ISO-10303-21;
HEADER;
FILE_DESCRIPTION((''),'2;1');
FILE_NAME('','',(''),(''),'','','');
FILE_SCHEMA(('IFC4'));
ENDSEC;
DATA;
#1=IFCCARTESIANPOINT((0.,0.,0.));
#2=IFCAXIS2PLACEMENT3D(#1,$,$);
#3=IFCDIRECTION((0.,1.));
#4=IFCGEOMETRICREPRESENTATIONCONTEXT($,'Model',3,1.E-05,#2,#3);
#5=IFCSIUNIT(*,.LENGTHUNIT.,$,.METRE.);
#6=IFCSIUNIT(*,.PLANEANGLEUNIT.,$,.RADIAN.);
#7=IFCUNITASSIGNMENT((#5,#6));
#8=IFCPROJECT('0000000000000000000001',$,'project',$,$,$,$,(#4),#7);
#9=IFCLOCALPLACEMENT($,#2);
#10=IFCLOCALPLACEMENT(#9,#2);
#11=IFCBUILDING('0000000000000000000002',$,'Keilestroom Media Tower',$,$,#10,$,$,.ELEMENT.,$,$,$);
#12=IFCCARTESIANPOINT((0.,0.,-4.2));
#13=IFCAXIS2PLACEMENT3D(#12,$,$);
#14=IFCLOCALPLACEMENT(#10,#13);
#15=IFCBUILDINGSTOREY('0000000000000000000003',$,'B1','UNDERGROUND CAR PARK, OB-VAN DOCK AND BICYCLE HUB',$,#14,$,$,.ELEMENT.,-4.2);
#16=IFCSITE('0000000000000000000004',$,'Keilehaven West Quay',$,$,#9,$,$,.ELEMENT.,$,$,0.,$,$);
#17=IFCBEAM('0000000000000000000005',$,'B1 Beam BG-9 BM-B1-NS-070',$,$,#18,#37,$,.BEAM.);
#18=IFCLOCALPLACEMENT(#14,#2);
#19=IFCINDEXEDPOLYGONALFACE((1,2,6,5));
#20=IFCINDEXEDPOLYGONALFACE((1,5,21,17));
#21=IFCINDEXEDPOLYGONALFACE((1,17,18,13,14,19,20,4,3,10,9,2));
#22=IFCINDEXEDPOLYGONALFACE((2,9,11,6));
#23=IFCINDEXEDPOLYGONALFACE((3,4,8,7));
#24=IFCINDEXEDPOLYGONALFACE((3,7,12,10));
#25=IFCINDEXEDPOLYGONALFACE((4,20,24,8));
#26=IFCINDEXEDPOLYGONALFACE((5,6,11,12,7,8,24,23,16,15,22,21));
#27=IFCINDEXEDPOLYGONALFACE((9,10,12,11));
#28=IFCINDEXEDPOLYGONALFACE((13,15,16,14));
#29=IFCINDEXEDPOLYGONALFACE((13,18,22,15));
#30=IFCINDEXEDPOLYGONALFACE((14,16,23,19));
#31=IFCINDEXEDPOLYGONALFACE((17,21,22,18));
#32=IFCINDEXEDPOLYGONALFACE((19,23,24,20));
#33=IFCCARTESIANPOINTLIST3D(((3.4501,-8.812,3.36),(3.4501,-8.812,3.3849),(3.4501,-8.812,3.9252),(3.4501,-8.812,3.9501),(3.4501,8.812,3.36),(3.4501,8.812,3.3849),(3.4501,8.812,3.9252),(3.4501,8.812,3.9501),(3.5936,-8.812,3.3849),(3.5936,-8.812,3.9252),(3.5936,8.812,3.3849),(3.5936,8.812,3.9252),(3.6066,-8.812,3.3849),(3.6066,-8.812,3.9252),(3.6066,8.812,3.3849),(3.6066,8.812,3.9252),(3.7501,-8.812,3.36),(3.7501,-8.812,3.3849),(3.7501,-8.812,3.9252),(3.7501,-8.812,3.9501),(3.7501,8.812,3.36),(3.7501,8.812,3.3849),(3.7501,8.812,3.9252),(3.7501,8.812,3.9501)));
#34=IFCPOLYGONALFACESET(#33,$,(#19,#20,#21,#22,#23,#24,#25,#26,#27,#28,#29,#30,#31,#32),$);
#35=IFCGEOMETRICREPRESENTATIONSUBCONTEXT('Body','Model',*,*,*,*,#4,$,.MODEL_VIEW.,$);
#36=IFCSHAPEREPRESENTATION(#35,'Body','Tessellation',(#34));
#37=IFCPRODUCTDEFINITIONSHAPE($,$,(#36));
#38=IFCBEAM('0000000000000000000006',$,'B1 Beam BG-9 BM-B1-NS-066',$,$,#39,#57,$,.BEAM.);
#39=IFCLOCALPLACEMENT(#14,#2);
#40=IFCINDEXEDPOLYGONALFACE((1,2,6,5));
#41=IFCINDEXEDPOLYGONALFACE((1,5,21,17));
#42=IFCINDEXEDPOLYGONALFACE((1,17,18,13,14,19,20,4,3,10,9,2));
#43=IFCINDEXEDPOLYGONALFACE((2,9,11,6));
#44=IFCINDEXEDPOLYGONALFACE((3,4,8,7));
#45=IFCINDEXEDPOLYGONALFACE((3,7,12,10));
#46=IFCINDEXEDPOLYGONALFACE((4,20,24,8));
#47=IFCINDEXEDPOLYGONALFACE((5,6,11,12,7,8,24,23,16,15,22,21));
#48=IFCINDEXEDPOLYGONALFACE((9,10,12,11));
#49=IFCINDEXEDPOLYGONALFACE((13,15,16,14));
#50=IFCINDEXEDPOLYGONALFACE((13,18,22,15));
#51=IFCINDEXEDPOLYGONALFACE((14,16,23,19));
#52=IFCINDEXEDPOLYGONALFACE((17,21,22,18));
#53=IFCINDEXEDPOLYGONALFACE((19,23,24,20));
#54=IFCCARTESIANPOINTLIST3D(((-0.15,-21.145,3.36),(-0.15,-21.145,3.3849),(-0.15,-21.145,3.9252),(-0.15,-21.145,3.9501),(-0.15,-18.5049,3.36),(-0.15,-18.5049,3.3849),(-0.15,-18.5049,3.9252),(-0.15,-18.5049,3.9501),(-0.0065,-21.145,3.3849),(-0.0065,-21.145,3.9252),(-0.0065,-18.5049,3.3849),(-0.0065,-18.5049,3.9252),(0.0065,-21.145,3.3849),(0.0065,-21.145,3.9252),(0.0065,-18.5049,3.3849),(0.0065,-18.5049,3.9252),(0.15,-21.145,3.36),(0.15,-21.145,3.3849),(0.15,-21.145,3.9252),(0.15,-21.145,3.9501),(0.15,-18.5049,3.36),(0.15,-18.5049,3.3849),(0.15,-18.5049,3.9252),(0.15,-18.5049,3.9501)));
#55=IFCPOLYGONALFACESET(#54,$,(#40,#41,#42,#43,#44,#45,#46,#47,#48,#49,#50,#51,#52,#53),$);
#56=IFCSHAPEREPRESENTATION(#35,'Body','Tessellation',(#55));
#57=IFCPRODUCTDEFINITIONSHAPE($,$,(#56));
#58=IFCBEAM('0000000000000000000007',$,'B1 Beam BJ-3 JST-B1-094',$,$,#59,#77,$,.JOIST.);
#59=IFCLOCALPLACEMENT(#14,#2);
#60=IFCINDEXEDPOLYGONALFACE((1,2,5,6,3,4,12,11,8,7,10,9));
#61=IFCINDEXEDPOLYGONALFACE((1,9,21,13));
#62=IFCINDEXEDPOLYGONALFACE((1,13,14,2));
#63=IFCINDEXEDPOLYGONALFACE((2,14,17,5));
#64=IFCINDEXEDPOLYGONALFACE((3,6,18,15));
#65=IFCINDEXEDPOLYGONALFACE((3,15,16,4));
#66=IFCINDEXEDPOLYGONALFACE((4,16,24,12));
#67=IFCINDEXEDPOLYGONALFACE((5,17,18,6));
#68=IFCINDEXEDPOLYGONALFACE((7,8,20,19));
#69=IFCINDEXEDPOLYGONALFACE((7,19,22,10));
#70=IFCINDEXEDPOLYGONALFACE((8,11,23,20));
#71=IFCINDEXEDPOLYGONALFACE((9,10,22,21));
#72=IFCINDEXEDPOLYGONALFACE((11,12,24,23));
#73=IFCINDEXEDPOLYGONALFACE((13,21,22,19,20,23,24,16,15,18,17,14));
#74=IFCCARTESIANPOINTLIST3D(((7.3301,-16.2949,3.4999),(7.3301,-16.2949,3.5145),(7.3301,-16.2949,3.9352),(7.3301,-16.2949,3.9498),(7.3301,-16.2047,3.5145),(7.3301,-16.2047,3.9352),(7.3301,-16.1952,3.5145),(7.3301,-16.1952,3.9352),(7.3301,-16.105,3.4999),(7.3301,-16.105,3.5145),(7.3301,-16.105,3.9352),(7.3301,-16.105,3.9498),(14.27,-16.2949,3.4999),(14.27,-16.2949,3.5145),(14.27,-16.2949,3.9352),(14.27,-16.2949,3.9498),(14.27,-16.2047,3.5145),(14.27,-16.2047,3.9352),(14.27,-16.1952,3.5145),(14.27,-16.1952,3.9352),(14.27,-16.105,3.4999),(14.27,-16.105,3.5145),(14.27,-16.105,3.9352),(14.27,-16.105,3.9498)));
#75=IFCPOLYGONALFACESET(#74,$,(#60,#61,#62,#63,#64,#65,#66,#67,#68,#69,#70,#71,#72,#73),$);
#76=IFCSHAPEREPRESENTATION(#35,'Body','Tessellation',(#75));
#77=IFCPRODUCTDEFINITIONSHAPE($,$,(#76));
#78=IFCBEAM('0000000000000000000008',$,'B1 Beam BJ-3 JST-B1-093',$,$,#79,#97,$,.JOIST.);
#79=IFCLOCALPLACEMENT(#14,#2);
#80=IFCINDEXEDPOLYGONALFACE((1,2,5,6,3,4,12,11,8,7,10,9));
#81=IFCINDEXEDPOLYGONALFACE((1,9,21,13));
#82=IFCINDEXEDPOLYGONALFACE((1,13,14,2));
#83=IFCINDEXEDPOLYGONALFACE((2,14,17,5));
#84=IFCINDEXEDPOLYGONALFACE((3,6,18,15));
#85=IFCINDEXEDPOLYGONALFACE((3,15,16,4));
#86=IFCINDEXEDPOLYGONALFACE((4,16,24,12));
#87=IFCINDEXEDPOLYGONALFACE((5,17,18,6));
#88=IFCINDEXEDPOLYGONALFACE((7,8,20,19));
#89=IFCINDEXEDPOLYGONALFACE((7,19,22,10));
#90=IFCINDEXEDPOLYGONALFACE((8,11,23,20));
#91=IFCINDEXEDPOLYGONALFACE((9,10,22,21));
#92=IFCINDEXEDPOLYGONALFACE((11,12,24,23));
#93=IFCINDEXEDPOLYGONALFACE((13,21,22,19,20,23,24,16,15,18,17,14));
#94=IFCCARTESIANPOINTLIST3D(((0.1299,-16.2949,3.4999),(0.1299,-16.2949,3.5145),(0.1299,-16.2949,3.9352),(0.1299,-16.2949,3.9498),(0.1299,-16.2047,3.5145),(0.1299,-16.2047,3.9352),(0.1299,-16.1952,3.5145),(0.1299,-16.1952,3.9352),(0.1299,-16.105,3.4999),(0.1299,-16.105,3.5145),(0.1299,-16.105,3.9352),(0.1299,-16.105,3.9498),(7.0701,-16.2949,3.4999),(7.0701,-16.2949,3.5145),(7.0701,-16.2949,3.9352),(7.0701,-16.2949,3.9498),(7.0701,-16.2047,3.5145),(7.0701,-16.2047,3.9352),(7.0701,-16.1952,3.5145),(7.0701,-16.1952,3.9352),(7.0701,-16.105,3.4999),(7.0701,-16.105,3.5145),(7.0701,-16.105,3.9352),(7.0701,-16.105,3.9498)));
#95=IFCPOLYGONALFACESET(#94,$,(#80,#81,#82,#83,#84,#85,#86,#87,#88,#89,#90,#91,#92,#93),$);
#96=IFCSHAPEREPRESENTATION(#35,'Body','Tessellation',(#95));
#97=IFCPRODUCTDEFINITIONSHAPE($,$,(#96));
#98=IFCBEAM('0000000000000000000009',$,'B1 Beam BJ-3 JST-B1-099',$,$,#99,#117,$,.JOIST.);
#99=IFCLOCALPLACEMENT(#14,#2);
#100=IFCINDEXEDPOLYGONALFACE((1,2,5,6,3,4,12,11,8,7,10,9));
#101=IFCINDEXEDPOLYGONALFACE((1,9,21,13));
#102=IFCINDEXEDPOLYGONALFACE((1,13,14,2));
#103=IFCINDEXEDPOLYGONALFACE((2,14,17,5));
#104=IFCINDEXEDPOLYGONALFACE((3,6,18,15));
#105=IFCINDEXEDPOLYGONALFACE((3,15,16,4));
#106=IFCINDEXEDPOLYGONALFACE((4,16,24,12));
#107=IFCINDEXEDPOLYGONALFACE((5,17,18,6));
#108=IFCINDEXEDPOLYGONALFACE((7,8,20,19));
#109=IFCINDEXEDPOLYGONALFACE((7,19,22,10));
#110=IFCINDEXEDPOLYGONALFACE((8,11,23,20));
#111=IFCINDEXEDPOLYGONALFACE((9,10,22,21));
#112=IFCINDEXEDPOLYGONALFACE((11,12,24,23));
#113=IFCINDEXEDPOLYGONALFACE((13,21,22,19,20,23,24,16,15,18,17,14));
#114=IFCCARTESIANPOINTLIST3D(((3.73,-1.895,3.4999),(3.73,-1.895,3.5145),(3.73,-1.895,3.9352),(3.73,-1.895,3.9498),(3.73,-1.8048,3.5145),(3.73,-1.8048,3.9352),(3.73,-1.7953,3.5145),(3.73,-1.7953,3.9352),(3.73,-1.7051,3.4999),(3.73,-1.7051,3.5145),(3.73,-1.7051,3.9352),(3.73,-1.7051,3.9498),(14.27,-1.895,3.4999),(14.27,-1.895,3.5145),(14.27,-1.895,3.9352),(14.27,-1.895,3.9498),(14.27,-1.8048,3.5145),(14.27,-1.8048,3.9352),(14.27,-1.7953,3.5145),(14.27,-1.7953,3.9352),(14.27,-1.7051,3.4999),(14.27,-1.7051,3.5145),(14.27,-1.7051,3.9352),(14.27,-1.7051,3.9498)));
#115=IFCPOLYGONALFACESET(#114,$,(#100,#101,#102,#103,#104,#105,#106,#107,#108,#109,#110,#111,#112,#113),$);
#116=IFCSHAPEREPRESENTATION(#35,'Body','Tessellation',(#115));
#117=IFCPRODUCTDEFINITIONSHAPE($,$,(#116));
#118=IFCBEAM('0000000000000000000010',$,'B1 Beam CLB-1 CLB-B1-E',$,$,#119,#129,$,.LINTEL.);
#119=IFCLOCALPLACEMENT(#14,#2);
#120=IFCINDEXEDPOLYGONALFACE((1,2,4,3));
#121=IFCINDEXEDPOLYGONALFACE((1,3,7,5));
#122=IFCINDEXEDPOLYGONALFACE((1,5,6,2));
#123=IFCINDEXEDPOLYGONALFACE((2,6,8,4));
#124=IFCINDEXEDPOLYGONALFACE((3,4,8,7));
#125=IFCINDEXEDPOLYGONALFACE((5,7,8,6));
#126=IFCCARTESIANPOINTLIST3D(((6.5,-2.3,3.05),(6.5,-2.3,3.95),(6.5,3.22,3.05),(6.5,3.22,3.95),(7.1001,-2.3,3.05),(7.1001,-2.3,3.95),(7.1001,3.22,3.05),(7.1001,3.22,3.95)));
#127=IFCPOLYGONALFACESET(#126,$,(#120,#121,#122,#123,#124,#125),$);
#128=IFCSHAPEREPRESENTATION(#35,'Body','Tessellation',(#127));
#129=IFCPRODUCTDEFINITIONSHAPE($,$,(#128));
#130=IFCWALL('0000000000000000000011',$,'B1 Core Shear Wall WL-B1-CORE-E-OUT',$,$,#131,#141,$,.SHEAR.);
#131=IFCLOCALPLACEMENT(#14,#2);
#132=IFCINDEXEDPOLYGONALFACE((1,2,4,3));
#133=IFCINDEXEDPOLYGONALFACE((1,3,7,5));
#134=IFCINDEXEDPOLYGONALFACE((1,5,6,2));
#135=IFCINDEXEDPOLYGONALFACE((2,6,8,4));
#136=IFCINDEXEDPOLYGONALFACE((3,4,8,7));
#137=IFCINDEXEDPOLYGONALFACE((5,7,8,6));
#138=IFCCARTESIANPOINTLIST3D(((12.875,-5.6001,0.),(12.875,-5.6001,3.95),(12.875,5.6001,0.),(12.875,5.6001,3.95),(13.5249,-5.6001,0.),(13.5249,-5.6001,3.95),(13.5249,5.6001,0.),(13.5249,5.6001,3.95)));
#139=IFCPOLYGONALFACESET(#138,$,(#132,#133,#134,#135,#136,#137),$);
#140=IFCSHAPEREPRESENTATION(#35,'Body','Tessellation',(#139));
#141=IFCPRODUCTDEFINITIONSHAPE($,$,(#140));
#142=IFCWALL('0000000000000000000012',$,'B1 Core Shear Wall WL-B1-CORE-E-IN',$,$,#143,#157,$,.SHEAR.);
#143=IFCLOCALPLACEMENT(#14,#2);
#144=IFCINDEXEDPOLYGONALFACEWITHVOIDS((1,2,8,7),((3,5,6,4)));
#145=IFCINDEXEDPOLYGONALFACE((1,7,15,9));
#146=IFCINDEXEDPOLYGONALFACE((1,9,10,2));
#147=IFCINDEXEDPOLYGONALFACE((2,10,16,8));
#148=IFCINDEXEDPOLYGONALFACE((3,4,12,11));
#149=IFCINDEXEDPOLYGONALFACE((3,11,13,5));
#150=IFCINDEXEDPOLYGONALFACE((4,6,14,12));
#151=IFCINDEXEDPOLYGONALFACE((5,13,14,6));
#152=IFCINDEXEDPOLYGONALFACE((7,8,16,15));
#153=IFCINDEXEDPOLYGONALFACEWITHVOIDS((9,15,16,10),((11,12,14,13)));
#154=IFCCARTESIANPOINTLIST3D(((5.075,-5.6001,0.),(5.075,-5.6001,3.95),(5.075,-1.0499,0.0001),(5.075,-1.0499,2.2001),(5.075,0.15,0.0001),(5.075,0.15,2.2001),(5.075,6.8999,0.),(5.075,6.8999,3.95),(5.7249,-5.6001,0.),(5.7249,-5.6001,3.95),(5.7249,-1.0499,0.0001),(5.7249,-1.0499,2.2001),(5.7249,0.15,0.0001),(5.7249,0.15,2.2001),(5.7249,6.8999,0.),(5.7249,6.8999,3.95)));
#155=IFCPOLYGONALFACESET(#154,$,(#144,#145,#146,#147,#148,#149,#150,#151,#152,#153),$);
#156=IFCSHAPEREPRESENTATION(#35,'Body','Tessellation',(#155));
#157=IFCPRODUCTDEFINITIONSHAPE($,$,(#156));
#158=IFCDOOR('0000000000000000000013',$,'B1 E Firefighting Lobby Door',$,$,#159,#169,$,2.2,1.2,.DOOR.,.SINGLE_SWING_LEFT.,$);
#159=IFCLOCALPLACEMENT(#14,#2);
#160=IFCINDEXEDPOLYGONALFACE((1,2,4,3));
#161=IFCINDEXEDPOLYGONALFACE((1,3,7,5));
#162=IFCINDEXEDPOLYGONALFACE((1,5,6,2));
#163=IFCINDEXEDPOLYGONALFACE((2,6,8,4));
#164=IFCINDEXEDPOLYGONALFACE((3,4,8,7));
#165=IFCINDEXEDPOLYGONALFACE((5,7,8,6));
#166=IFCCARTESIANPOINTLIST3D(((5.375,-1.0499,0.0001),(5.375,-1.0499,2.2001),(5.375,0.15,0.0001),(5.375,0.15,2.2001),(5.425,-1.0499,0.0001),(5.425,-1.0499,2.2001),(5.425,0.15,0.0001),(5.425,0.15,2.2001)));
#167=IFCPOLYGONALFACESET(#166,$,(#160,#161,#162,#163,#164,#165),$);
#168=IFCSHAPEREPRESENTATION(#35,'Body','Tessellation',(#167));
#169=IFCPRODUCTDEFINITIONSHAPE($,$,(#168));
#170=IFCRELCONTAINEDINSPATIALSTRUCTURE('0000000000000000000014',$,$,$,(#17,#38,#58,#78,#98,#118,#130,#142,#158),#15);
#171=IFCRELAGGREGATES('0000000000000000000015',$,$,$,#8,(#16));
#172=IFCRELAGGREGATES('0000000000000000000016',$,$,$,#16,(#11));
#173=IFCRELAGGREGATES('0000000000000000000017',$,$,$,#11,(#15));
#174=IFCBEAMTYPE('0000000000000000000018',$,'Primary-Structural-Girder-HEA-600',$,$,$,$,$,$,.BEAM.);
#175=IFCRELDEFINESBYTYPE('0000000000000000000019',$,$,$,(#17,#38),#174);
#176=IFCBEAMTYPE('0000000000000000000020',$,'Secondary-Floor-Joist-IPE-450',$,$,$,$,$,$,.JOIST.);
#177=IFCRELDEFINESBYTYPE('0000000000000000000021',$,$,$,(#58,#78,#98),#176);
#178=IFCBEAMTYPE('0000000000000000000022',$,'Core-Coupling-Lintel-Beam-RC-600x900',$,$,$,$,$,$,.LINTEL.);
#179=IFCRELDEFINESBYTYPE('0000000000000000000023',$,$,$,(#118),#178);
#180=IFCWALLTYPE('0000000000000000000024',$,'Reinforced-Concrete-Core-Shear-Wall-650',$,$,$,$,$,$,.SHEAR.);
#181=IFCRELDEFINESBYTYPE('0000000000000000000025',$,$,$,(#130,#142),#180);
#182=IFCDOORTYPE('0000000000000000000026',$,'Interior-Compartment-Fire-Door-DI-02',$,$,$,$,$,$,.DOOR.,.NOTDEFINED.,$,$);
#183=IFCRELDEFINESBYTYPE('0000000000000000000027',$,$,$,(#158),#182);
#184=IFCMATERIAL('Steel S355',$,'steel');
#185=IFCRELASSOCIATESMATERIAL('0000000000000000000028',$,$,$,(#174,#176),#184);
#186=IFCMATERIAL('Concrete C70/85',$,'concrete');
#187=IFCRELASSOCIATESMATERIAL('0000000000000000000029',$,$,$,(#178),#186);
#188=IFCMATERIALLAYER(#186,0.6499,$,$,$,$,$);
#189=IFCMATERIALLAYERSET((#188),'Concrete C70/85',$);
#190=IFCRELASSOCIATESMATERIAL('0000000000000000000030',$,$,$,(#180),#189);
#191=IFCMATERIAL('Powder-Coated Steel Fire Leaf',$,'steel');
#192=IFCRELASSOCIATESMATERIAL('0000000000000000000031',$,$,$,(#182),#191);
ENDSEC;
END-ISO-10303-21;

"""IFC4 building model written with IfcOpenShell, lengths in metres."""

from ifc_helpers import new_model, si_unit, direction, frame, frame_2d, origin, origin_2d, place, context, subcontext, project, spatial, rectangle, i_section, extrude, source, transform, mapped, material, layer, layer_set, material_profile, profile_set, type_object, element, fill, save


model = new_model("IFC4")

# Units and contexts
model_context = context("Model", 3, precision=1e-05, world=origin(), true_north=direction((0.0, 1.0)))
body_context = subcontext(model_context, "Body", "Model", "MODEL_VIEW")
ifc_project = project(units=[si_unit("LENGTHUNIT", "METRE"), si_unit("PLANEANGLEUNIT", "RADIAN")], contexts=[model_context])

# Site, building, storey
site_placement = place(None, origin())
site = spatial("IfcSite", under=ifc_project, at=site_placement, Name="Keilehaven West Quay", CompositionType="ELEMENT", RefElevation=0.0)
building_placement = place(site_placement, origin())
building = spatial("IfcBuilding", under=site, at=building_placement, Name="Keilestroom Media Tower", CompositionType="ELEMENT")
storey_placement = place(building_placement, frame((0.0, 0.0, -4.2)))
storey = spatial("IfcBuildingStorey", under=building, at=storey_placement, Name="B1", Description="UNDERGROUND CAR PARK, OB-VAN DOCK AND BICYCLE HUB", CompositionType="ELEMENT", Elevation=-4.2)

# Shared definitions
ifc_material_1 = material(Name="Concrete C70/85", Category="concrete")

# Beams
ifc_material_2 = material(Name="Steel S355", Category="steel")
ifc_material_profile_1 = material_profile(ifc_material_2, i_section(OverallWidth=0.3, OverallDepth=0.5901, WebThickness=0.0129, FlangeThickness=0.0249, at=origin_2d()), Name="HEA 600")
ifc_profile_set_1 = profile_set([ifc_material_profile_1], Name="Steel S355")
beam_type_1 = type_object("IfcBeamType", Name="Primary-Structural-Girder-HEA-600", PredefinedType="BEAM", material=ifc_profile_set_1)
shared_shape_1 = source(origin(), body_context, "Body", "SweptSolid", [
    extrude(i_section(OverallWidth=0.3, OverallDepth=0.5901, WebThickness=0.0129, FlangeThickness=0.0249, at=origin_2d()), origin(), (0.0, 0.0, 1.0), 17.624),
])
beam_1_placement = place(storey_placement, frame((3.6001, -8.812, 3.655), z_axis=(0.0, 1.0, 0.0), x_axis=(-1.0, 0.0, 0.0)))
element("IfcBeam", 1, at=beam_1_placement, inside=storey, type_object=beam_type_1, Name="B1 Beam BG-9 BM-B1-NS-070", PredefinedType="BEAM", context=body_context, shape_type="MappedRepresentation", body=[
    mapped(shared_shape_1, transform((0.0, 0.0, 0.0), x_axis=(1.0, 0.0, 0.0), y_axis=(0.0, 1.0, 0.0), z_axis=(0.0, 0.0, 1.0), scale=1.0)),
])
shared_shape_2 = source(origin(), body_context, "Body", "SweptSolid", [
    extrude(i_section(OverallWidth=0.3, OverallDepth=0.5901, WebThickness=0.0129, FlangeThickness=0.0249, at=origin_2d()), origin(), (0.0, 0.0, 1.0), 2.6401),
])
beam_2_placement = place(storey_placement, frame((0.0, -21.145, 3.655), z_axis=(0.0, 1.0, 0.0), x_axis=(-1.0, 0.0, 0.0)))
element("IfcBeam", 2, at=beam_2_placement, inside=storey, type_object=beam_type_1, Name="B1 Beam BG-9 BM-B1-NS-066", PredefinedType="BEAM", context=body_context, shape_type="MappedRepresentation", body=[
    mapped(shared_shape_2, transform((0.0, 0.0, 0.0), x_axis=(1.0, 0.0, 0.0), y_axis=(0.0, 1.0, 0.0), z_axis=(0.0, 0.0, 1.0), scale=1.0)),
])
ifc_material_profile_2 = material_profile(ifc_material_2, i_section(OverallWidth=0.1899, OverallDepth=0.45, WebThickness=0.0095, FlangeThickness=0.0146, at=origin_2d()), Name="IPE 450")
ifc_profile_set_2 = profile_set([ifc_material_profile_2], Name="Steel S355")
beam_type_2 = type_object("IfcBeamType", Name="Secondary-Floor-Joist-IPE-450", PredefinedType="JOIST", material=ifc_profile_set_2)
shared_shape_3 = source(origin(), body_context, "Body", "SweptSolid", [
    extrude(i_section(OverallWidth=0.1899, OverallDepth=0.45, WebThickness=0.0095, FlangeThickness=0.0146, at=origin_2d()), origin(), (0.0, 0.0, 1.0), 6.9399),
])
beam_3_placement = place(storey_placement, frame((7.3301, -16.2, 3.7249), z_axis=(1.0, 0.0, 0.0), x_axis=(0.0, 1.0, 0.0)))
element("IfcBeam", 3, at=beam_3_placement, inside=storey, type_object=beam_type_2, Name="B1 Beam BJ-3 JST-B1-094", PredefinedType="JOIST", context=body_context, shape_type="MappedRepresentation", body=[
    mapped(shared_shape_3, transform((0.0, 0.0, 0.0), x_axis=(1.0, 0.0, 0.0), y_axis=(0.0, 1.0, 0.0), z_axis=(0.0, 0.0, 1.0), scale=1.0)),
])
shared_shape_4 = source(origin(), body_context, "Body", "SweptSolid", [
    extrude(i_section(OverallWidth=0.1899, OverallDepth=0.45, WebThickness=0.0095, FlangeThickness=0.0146, at=origin_2d()), origin(), (0.0, 0.0, 1.0), 6.9402),
])
beam_4_placement = place(storey_placement, frame((0.1299, -16.2, 3.7249), z_axis=(1.0, 0.0, 0.0), x_axis=(0.0, 1.0, 0.0)))
element("IfcBeam", 4, at=beam_4_placement, inside=storey, type_object=beam_type_2, Name="B1 Beam BJ-3 JST-B1-093", PredefinedType="JOIST", context=body_context, shape_type="MappedRepresentation", body=[
    mapped(shared_shape_4, transform((0.0, 0.0, 0.0), x_axis=(1.0, 0.0, 0.0), y_axis=(0.0, 1.0, 0.0), z_axis=(0.0, 0.0, 1.0), scale=1.0)),
])
shared_shape_5 = source(origin(), body_context, "Body", "SweptSolid", [
    extrude(i_section(OverallWidth=0.1899, OverallDepth=0.45, WebThickness=0.0095, FlangeThickness=0.0146, at=origin_2d()), origin(), (0.0, 0.0, 1.0), 10.54),
])
beam_5_placement = place(storey_placement, frame((3.73, -1.8, 3.7249), z_axis=(1.0, 0.0, 0.0), x_axis=(0.0, 1.0, 0.0)))
element("IfcBeam", 5, at=beam_5_placement, inside=storey, type_object=beam_type_2, Name="B1 Beam BJ-3 JST-B1-099", PredefinedType="JOIST", context=body_context, shape_type="MappedRepresentation", body=[
    mapped(shared_shape_5, transform((0.0, 0.0, 0.0), x_axis=(1.0, 0.0, 0.0), y_axis=(0.0, 1.0, 0.0), z_axis=(0.0, 0.0, 1.0), scale=1.0)),
])
ifc_material_profile_3 = material_profile(ifc_material_1, rectangle(XDim=0.6001, YDim=0.8999, at=origin_2d()), Name="RC 600x900")
ifc_profile_set_3 = profile_set([ifc_material_profile_3], Name="Concrete C70/85")
beam_type_3 = type_object("IfcBeamType", Name="Core-Coupling-Lintel-Beam-RC-600x900", PredefinedType="LINTEL", material=ifc_profile_set_3)
shared_shape_6 = source(origin(), body_context, "Body", "SweptSolid", [
    extrude(rectangle(XDim=0.6001, YDim=0.8999, at=origin_2d()), origin(), (0.0, 0.0, 1.0), 5.52),
])
beam_6_placement = place(storey_placement, frame((6.8, -2.3, 3.5), z_axis=(0.0, 1.0, 0.0), x_axis=(-1.0, 0.0, 0.0)))
element("IfcBeam", 6, at=beam_6_placement, inside=storey, type_object=beam_type_3, Name="B1 Beam CLB-1 CLB-B1-E", PredefinedType="LINTEL", context=body_context, shape_type="MappedRepresentation", body=[
    mapped(shared_shape_6, transform((0.0, 0.0, 0.0), x_axis=(1.0, 0.0, 0.0), y_axis=(0.0, 1.0, 0.0), z_axis=(0.0, 0.0, 1.0), scale=1.0)),
])

# Wall
ifc_layer_1 = layer(ifc_material_1, 0.6499)
ifc_layer_set_1 = layer_set([ifc_layer_1], Name="Concrete C70/85")
wall_type_1 = type_object("IfcWallType", Name="Reinforced-Concrete-Core-Shear-Wall-650", PredefinedType="SHEAR", material=ifc_layer_set_1)
wall_1_placement = place(storey_placement, frame((13.2, -5.6001, 0.0), z_axis=(0.0, 0.0, 1.0), x_axis=(0.0, 1.0, 0.0)))
element("IfcWall", 7, at=wall_1_placement, inside=storey, type_object=wall_type_1, Name="B1 Core Shear Wall WL-B1-CORE-E-OUT", PredefinedType="SHEAR", context=body_context, shape_type="SweptSolid", body=[
    extrude(rectangle(XDim=11.2002, YDim=0.6499, at=frame_2d((5.6001, 0.0))), origin(), (0.0, 0.0, 1.0), 3.95),
])

# Wall, opening, door
wall_2_placement = place(storey_placement, frame((5.3999, -5.6001, 0.0), z_axis=(0.0, 0.0, 1.0), x_axis=(0.0, 1.0, 0.0)))
wall_2 = element("IfcWall", 8, at=wall_2_placement, inside=storey, type_object=wall_type_1, Name="B1 Core Shear Wall WL-B1-CORE-E-IN", PredefinedType="SHEAR", context=body_context, shape_type="SweptSolid", body=[
    extrude(rectangle(XDim=12.5, YDim=0.6499, at=frame_2d((6.25, 0.0))), origin(), (0.0, 0.0, 1.0), 3.95),
])
opening_1_placement = place(wall_2_placement, frame((4.55, 0.0, 0.0)))
opening_1 = element("IfcOpeningElement", 9, at=opening_1_placement, cuts=wall_2, PredefinedType="OPENING", context=body_context, shape_type="SweptSolid", body=[
    extrude(rectangle(XDim=1.2, YDim=2.2, at=frame_2d((0.6001, 1.1001))), frame((0.0, 0.335, 0.0), z_axis=(0.0, -1.0, 0.0), x_axis=(1.0, 0.0, 0.0)), (0.0, 0.0, 1.0), 0.6699),
])
ifc_material_3 = material(Name="Powder-Coated Steel Fire Leaf", Category="steel")
door_type_1 = type_object("IfcDoorType", Name="Interior-Compartment-Fire-Door-DI-02", OperationType="NOTDEFINED", PredefinedType="DOOR", material=ifc_material_3)
shared_shape_7 = source(origin(), body_context, "Body", "SweptSolid", [
    extrude(rectangle(XDim=1.2, YDim=2.2, at=frame_2d((0.6001, 1.1001))), frame((0.0, 0.0249, 0.0), z_axis=(0.0, -1.0, 0.0), x_axis=(1.0, 0.0, 0.0)), (0.0, 0.0, 1.0), 0.05),
])
door_1_placement = place(opening_1_placement, origin())
door_1 = element("IfcDoor", 10, at=door_1_placement, inside=storey, type_object=door_type_1, Name="B1 E Firefighting Lobby Door", OperationType="SINGLE_SWING_LEFT", OverallHeight=2.2, OverallWidth=1.2, PredefinedType="DOOR", context=body_context, shape_type="MappedRepresentation", body=[
    mapped(shared_shape_7, transform((0.0, 0.0, 0.0), x_axis=(1.0, 0.0, 0.0), y_axis=(0.0, 1.0, 0.0), z_axis=(0.0, 0.0, 1.0), scale=1.0)),
])
fill(opening_1, door_1)

save(model, "model.ifc")
